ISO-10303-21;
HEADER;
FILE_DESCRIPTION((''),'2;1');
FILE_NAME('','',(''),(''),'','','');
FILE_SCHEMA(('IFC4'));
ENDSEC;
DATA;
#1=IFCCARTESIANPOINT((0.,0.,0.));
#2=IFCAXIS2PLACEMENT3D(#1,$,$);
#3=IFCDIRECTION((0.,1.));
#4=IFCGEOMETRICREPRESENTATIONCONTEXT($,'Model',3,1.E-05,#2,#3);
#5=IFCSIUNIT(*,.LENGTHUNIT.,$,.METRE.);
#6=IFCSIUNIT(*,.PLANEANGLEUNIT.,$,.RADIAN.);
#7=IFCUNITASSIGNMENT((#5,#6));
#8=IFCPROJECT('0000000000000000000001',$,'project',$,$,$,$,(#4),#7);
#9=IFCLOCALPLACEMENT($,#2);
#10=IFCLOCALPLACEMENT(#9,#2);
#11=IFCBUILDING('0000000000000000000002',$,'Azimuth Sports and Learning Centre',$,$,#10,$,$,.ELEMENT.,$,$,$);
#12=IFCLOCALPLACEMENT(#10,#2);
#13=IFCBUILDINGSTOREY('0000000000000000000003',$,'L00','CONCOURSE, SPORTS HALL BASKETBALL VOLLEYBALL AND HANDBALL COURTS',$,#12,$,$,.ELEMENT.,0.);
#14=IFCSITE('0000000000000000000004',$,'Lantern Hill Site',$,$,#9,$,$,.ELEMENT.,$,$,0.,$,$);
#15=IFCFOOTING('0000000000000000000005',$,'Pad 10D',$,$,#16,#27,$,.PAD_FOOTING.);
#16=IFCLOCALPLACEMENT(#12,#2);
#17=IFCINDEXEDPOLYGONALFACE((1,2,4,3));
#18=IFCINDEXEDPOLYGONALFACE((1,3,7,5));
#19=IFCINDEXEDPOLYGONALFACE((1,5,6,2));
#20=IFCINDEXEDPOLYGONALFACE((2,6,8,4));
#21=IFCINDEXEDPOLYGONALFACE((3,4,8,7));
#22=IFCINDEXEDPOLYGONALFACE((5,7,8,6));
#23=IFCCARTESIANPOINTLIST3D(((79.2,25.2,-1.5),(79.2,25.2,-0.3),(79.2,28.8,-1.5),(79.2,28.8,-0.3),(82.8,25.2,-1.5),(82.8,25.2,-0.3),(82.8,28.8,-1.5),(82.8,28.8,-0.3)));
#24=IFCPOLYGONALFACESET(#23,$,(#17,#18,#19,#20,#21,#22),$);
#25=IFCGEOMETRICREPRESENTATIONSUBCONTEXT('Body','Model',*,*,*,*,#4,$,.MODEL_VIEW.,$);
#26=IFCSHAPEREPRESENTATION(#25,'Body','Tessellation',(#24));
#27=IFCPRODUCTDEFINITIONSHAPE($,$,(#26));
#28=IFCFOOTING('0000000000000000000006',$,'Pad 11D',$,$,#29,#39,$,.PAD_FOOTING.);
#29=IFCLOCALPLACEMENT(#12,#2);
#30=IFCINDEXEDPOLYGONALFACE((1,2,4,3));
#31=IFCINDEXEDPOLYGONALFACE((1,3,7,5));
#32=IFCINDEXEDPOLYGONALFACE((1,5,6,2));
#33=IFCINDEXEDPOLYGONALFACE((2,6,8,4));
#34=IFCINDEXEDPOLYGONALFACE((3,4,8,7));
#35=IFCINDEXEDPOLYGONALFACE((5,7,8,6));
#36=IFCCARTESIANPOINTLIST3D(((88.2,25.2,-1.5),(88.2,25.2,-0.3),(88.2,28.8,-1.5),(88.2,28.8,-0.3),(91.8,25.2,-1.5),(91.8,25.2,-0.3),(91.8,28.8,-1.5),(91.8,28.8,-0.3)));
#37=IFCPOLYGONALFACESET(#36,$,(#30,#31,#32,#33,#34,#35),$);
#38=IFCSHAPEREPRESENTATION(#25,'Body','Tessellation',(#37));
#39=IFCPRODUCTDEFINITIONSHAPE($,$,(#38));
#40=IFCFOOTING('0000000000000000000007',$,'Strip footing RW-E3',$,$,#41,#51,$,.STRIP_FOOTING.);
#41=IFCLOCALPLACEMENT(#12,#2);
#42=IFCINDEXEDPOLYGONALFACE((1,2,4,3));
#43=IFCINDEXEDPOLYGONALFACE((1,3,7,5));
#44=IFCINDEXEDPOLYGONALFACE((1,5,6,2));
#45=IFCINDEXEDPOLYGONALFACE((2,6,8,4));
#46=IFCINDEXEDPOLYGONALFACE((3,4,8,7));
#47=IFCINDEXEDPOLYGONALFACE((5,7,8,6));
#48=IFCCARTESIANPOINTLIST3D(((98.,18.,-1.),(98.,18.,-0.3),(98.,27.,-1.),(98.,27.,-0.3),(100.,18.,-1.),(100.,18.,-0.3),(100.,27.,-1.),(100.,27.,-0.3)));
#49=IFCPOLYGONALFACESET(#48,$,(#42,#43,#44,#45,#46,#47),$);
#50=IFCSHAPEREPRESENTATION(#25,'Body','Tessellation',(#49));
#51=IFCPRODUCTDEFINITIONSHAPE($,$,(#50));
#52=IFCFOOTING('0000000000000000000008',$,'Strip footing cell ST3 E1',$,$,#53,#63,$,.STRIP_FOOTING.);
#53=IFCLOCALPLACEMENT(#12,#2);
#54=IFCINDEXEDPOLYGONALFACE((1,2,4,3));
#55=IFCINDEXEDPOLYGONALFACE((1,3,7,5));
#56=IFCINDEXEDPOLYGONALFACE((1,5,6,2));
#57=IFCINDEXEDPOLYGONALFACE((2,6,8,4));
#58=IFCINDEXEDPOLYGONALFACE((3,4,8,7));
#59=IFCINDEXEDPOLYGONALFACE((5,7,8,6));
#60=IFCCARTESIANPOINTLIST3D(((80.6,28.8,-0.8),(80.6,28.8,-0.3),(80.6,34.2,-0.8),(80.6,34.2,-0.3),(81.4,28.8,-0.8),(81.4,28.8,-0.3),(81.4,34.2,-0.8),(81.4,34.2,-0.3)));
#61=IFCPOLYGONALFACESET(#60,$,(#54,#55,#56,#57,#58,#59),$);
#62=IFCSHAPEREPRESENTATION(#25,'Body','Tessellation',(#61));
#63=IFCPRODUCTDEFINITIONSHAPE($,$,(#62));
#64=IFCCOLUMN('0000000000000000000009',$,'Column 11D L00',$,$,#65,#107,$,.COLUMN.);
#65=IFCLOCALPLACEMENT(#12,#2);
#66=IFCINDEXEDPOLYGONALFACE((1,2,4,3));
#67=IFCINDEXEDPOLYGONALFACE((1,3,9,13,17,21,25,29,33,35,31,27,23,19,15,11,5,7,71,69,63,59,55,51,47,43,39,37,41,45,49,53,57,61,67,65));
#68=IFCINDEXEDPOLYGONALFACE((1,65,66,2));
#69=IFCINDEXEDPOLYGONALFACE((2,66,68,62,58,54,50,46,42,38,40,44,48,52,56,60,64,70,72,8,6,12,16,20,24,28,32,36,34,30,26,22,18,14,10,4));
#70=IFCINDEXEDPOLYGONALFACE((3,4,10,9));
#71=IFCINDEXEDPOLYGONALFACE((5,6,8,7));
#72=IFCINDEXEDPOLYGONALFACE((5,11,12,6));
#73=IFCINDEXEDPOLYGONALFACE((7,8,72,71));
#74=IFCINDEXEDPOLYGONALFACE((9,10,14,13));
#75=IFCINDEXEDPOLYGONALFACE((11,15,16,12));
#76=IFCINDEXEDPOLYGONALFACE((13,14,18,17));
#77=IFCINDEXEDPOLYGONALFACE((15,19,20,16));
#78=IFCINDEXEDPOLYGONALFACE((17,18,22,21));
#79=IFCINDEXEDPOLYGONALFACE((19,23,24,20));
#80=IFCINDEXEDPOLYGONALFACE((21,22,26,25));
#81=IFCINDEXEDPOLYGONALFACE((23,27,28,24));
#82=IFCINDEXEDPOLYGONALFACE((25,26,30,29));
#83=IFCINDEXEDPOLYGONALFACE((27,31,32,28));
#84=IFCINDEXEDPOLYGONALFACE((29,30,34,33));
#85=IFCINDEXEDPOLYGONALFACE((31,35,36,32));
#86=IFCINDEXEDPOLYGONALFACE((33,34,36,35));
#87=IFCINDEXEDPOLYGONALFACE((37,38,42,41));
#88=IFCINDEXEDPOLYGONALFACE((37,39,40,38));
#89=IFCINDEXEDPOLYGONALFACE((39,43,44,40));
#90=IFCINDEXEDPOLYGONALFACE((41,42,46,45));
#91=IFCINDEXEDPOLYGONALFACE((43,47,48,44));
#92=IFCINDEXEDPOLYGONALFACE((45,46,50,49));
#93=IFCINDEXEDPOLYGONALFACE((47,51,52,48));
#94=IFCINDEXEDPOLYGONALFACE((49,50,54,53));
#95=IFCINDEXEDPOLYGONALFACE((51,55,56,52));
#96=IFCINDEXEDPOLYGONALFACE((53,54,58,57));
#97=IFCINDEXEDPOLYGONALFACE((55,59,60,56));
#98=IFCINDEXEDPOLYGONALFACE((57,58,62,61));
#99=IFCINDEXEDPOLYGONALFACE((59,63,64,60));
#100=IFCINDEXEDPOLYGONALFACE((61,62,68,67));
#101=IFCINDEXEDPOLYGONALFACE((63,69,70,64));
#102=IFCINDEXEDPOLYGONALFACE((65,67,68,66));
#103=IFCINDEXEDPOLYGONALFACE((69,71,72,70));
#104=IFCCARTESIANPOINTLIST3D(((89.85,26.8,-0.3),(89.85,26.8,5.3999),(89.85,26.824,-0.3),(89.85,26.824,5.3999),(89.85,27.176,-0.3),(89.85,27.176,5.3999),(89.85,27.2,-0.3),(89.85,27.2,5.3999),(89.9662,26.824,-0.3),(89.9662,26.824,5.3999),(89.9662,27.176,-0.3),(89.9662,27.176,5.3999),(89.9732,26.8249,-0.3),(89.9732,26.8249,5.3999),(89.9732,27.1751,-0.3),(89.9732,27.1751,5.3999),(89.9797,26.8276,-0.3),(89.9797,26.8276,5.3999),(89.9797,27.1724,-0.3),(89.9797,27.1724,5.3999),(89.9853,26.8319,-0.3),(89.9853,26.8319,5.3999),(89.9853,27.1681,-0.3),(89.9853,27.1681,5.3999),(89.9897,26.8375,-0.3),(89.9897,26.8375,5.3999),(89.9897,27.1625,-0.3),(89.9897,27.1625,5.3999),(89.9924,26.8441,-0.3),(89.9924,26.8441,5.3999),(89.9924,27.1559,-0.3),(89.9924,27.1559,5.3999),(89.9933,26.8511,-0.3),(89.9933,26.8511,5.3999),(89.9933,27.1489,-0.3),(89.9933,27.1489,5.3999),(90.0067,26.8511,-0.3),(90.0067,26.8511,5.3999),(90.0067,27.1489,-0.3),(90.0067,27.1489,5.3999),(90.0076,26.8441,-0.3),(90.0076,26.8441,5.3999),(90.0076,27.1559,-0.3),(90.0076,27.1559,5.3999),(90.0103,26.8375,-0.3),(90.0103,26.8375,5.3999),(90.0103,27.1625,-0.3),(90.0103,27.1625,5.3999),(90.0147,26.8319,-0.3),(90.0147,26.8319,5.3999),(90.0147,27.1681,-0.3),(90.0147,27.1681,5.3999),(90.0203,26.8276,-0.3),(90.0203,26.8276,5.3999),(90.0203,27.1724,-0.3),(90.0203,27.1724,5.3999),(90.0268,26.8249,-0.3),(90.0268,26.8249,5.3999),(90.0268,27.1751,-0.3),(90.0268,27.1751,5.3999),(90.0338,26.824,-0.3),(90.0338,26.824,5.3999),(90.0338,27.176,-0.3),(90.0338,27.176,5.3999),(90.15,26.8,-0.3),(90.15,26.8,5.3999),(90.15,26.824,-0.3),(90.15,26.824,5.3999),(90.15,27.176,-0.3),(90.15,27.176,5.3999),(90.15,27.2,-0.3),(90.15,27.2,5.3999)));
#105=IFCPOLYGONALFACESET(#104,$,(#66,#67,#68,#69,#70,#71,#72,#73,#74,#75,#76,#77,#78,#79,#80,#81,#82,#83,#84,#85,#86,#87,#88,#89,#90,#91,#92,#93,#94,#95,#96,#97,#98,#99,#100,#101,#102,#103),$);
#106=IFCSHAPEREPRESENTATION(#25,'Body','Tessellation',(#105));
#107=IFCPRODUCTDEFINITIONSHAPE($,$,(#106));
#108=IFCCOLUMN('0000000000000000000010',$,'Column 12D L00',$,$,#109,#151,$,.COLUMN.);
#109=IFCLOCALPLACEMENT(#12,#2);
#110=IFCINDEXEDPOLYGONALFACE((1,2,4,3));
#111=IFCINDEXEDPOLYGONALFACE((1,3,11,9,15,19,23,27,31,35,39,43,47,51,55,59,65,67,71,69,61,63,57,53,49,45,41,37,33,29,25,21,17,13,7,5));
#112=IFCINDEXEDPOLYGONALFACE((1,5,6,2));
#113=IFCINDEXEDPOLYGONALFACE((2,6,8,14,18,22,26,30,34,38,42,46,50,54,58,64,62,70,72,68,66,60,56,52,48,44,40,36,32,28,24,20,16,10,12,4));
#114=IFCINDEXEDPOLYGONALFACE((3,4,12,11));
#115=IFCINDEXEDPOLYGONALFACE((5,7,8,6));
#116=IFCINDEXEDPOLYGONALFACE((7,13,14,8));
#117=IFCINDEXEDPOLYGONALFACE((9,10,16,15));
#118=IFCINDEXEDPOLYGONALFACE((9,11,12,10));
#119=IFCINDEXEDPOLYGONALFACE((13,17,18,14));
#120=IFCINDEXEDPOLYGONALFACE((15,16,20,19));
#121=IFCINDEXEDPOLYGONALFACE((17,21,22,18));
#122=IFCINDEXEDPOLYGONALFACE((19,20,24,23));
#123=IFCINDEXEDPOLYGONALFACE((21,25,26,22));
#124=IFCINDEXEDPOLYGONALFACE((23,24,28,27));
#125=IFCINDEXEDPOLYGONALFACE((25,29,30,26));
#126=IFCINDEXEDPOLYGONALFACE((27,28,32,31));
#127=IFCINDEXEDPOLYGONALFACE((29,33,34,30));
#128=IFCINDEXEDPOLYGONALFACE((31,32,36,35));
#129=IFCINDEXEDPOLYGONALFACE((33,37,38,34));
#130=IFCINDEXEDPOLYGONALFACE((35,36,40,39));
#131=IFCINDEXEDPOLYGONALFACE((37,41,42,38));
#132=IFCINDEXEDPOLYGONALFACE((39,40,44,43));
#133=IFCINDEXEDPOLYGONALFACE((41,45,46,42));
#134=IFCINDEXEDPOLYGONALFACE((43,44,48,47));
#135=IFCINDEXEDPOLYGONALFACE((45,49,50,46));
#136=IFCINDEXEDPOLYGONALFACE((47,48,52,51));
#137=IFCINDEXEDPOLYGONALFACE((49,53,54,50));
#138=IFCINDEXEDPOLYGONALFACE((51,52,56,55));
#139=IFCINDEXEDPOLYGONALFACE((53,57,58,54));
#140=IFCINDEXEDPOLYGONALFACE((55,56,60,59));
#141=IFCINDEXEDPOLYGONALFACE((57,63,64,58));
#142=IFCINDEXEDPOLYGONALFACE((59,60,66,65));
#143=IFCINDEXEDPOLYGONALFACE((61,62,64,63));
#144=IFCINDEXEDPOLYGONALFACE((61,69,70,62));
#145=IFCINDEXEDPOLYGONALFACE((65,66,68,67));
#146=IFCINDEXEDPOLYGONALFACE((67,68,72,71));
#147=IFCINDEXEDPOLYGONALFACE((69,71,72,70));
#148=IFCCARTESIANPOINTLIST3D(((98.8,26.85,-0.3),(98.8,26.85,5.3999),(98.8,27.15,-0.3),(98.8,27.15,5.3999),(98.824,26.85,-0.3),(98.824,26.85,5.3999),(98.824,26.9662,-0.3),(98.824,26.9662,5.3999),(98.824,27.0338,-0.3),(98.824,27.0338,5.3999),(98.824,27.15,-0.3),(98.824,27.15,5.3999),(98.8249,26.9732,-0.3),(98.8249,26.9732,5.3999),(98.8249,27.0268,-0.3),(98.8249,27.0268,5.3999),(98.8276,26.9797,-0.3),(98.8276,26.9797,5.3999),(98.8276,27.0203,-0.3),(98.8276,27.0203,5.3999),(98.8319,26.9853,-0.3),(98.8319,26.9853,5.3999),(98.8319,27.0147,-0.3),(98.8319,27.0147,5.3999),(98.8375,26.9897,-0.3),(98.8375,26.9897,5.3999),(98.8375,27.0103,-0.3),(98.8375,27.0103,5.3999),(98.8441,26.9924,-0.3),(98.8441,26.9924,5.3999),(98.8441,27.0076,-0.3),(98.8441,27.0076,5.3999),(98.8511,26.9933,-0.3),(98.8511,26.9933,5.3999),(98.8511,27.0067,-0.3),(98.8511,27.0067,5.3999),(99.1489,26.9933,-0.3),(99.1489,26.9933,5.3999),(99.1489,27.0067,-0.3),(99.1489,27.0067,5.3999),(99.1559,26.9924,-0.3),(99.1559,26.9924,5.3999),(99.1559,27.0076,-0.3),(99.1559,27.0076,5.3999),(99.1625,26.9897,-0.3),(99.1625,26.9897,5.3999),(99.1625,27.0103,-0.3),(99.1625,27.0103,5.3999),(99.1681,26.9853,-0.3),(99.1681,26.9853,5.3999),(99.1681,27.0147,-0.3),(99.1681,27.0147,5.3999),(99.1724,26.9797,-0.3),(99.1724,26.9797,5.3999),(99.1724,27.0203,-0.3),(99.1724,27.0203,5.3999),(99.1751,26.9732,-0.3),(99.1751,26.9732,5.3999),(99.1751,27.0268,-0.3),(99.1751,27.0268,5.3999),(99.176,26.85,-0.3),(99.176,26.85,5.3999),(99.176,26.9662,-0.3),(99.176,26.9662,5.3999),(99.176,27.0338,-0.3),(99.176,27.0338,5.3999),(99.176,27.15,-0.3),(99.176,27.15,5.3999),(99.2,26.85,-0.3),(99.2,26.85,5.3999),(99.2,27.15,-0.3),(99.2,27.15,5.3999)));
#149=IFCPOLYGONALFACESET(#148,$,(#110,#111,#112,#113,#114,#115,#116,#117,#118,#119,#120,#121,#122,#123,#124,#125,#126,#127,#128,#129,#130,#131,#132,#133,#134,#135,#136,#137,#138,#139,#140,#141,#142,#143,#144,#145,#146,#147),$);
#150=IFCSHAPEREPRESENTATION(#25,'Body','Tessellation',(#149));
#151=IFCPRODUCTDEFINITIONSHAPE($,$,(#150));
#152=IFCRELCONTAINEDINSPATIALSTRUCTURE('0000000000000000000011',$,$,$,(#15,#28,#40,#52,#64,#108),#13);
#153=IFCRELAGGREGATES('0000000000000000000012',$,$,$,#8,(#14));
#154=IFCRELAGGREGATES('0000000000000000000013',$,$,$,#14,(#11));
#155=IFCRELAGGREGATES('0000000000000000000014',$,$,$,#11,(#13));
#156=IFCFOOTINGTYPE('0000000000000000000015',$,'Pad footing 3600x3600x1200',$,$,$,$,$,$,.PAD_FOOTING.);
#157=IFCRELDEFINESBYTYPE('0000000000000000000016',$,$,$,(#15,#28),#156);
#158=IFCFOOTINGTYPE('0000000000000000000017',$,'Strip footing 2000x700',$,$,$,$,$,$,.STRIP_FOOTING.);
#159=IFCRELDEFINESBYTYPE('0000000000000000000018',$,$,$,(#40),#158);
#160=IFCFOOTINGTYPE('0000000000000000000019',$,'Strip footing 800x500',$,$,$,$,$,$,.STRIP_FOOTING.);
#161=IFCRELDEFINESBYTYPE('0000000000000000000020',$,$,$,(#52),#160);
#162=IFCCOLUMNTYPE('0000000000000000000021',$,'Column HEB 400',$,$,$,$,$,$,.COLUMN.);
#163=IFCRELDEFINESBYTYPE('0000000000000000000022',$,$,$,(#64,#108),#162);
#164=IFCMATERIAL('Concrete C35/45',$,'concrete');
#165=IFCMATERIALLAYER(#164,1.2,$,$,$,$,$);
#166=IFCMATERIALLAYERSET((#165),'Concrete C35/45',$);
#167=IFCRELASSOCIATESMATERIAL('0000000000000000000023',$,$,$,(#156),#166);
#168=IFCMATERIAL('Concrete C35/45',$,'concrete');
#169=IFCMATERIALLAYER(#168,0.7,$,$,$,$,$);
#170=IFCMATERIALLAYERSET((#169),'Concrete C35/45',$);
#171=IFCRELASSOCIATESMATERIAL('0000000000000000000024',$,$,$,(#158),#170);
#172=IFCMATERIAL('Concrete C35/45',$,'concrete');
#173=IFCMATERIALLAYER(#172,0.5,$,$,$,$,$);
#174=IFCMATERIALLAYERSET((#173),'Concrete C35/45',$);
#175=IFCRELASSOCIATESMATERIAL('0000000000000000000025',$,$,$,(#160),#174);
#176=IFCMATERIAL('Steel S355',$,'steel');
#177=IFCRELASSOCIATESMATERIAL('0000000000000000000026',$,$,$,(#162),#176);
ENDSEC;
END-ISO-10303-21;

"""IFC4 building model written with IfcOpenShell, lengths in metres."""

from ifc_helpers import new_model, si_unit, direction, frame, origin, origin_2d, place, context, subcontext, project, spatial, rectangle, i_section, extrude, material, layer, layer_set, material_profile, profile_set, type_object, element, save


model = new_model("IFC4")

# Units and contexts
model_context = context("Model", 3, precision=1e-05, world=origin(), true_north=direction((0.0, 1.0)))
body_context = subcontext(model_context, "Body", "Model", "MODEL_VIEW")
ifc_project = project(units=[si_unit("LENGTHUNIT", "METRE"), si_unit("PLANEANGLEUNIT", "RADIAN")], contexts=[model_context])

# Site, building, storey
site_placement = place(None, origin())
site = spatial("IfcSite", under=ifc_project, at=site_placement, Name="Lantern Hill Site", CompositionType="ELEMENT", RefElevation=0.0)
building_placement = place(site_placement, origin())
building = spatial("IfcBuilding", under=site, at=building_placement, Name="Azimuth Sports and Learning Centre", CompositionType="ELEMENT")
storey_placement = place(building_placement, origin())
storey = spatial("IfcBuildingStorey", under=building, at=storey_placement, Name="L00", Description="CONCOURSE, SPORTS HALL BASKETBALL VOLLEYBALL AND HANDBALL COURTS", CompositionType="ELEMENT", Elevation=0.0)

# Footings
ifc_material_1 = material(Name="Concrete C35/45", Category="concrete")
ifc_layer_1 = layer(ifc_material_1, 1.2)
ifc_layer_set_1 = layer_set([ifc_layer_1], Name="Concrete C35/45")
footing_type_1 = type_object("IfcFootingType", Name="Pad footing 3600x3600x1200", PredefinedType="PAD_FOOTING", material=ifc_layer_set_1)
for number, where, z_axis, x_axis, name in (
    (1, (81.0, 27.0, -1.5), (0.0, 0.0, 1.0), (1.0, 0.0, 0.0), "Pad 10D"),
    (2, (90.0, 27.0, -1.5), (0.0, 0.0, 1.0), (1.0, 0.0, 0.0), "Pad 11D"),
):
    element("IfcFooting", number, at=place(storey_placement, frame(where, z_axis=z_axis, x_axis=x_axis)), inside=storey, type_object=footing_type_1, Name=name, PredefinedType="PAD_FOOTING", context=body_context, shape_type="SweptSolid", body=[
        extrude(rectangle(XDim=3.6001, YDim=3.6001, at=origin_2d()), origin(), (0.0, 0.0, 1.0), 1.2),
    ])
ifc_material_2 = material(Name="Concrete C35/45", Category="concrete")
ifc_layer_2 = layer(ifc_material_2, 0.7)
ifc_layer_set_2 = layer_set([ifc_layer_2], Name="Concrete C35/45")
footing_type_2 = type_object("IfcFootingType", Name="Strip footing 2000x700", PredefinedType="STRIP_FOOTING", material=ifc_layer_set_2)
footing_1_placement = place(storey_placement, frame((99.0, 22.5, -1.0), z_axis=(0.0, 0.0, 1.0), x_axis=(1.0, 0.0, 0.0)))
element("IfcFooting", 3, at=footing_1_placement, inside=storey, type_object=footing_type_2, Name="Strip footing RW-E3", PredefinedType="STRIP_FOOTING", context=body_context, shape_type="SweptSolid", body=[
    extrude(rectangle(XDim=2.0, YDim=9.0, at=origin_2d()), origin(), (0.0, 0.0, 1.0), 0.7),
])
ifc_material_3 = material(Name="Concrete C35/45", Category="concrete")
ifc_layer_3 = layer(ifc_material_3, 0.5)
ifc_layer_set_3 = layer_set([ifc_layer_3], Name="Concrete C35/45")
footing_type_3 = type_object("IfcFootingType", Name="Strip footing 800x500", PredefinedType="STRIP_FOOTING", material=ifc_layer_set_3)
footing_2_placement = place(storey_placement, frame((81.0, 31.5, -0.8), z_axis=(0.0, 0.0, 1.0), x_axis=(1.0, 0.0, 0.0)))
element("IfcFooting", 4, at=footing_2_placement, inside=storey, type_object=footing_type_3, Name="Strip footing cell ST3 E1", PredefinedType="STRIP_FOOTING", context=body_context, shape_type="SweptSolid", body=[
    extrude(rectangle(XDim=0.8, YDim=5.3999, at=origin_2d()), origin(), (0.0, 0.0, 1.0), 0.5),
])

# Columns
ifc_material_4 = material(Name="Steel S355", Category="steel")
ifc_material_profile_1 = material_profile(ifc_material_4, i_section(OverallWidth=0.3, OverallDepth=0.3999, WebThickness=0.0134, FlangeThickness=0.0239, FilletRadius=0.0271, at=origin_2d()), Name="HEB 400")
ifc_profile_set_1 = profile_set([ifc_material_profile_1], Name="Steel S355")
column_type = type_object("IfcColumnType", Name="Column HEB 400", PredefinedType="COLUMN", material=ifc_profile_set_1)
for number, where, z_axis, x_axis, name in (
    (5, (90.0, 27.0, -0.3), (0.0, 0.0, 1.0), (1.0, 0.0, 0.0), "Column 11D L00"),
    (6, (99.0, 27.0, -0.3), (0.0, 0.0, 1.0), (0.0, 1.0, 0.0), "Column 12D L00"),
):
    element("IfcColumn", number, at=place(storey_placement, frame(where, z_axis=z_axis, x_axis=x_axis)), inside=storey, type_object=column_type, Name=name, PredefinedType="COLUMN", context=body_context, shape_type="SweptSolid", body=[
        extrude(i_section(OverallWidth=0.3, OverallDepth=0.3999, WebThickness=0.0134, FlangeThickness=0.0239, FilletRadius=0.0271, at=origin_2d()), origin(), (0.0, 0.0, 1.0), 5.7),
    ])

save(model, "model.ifc")
